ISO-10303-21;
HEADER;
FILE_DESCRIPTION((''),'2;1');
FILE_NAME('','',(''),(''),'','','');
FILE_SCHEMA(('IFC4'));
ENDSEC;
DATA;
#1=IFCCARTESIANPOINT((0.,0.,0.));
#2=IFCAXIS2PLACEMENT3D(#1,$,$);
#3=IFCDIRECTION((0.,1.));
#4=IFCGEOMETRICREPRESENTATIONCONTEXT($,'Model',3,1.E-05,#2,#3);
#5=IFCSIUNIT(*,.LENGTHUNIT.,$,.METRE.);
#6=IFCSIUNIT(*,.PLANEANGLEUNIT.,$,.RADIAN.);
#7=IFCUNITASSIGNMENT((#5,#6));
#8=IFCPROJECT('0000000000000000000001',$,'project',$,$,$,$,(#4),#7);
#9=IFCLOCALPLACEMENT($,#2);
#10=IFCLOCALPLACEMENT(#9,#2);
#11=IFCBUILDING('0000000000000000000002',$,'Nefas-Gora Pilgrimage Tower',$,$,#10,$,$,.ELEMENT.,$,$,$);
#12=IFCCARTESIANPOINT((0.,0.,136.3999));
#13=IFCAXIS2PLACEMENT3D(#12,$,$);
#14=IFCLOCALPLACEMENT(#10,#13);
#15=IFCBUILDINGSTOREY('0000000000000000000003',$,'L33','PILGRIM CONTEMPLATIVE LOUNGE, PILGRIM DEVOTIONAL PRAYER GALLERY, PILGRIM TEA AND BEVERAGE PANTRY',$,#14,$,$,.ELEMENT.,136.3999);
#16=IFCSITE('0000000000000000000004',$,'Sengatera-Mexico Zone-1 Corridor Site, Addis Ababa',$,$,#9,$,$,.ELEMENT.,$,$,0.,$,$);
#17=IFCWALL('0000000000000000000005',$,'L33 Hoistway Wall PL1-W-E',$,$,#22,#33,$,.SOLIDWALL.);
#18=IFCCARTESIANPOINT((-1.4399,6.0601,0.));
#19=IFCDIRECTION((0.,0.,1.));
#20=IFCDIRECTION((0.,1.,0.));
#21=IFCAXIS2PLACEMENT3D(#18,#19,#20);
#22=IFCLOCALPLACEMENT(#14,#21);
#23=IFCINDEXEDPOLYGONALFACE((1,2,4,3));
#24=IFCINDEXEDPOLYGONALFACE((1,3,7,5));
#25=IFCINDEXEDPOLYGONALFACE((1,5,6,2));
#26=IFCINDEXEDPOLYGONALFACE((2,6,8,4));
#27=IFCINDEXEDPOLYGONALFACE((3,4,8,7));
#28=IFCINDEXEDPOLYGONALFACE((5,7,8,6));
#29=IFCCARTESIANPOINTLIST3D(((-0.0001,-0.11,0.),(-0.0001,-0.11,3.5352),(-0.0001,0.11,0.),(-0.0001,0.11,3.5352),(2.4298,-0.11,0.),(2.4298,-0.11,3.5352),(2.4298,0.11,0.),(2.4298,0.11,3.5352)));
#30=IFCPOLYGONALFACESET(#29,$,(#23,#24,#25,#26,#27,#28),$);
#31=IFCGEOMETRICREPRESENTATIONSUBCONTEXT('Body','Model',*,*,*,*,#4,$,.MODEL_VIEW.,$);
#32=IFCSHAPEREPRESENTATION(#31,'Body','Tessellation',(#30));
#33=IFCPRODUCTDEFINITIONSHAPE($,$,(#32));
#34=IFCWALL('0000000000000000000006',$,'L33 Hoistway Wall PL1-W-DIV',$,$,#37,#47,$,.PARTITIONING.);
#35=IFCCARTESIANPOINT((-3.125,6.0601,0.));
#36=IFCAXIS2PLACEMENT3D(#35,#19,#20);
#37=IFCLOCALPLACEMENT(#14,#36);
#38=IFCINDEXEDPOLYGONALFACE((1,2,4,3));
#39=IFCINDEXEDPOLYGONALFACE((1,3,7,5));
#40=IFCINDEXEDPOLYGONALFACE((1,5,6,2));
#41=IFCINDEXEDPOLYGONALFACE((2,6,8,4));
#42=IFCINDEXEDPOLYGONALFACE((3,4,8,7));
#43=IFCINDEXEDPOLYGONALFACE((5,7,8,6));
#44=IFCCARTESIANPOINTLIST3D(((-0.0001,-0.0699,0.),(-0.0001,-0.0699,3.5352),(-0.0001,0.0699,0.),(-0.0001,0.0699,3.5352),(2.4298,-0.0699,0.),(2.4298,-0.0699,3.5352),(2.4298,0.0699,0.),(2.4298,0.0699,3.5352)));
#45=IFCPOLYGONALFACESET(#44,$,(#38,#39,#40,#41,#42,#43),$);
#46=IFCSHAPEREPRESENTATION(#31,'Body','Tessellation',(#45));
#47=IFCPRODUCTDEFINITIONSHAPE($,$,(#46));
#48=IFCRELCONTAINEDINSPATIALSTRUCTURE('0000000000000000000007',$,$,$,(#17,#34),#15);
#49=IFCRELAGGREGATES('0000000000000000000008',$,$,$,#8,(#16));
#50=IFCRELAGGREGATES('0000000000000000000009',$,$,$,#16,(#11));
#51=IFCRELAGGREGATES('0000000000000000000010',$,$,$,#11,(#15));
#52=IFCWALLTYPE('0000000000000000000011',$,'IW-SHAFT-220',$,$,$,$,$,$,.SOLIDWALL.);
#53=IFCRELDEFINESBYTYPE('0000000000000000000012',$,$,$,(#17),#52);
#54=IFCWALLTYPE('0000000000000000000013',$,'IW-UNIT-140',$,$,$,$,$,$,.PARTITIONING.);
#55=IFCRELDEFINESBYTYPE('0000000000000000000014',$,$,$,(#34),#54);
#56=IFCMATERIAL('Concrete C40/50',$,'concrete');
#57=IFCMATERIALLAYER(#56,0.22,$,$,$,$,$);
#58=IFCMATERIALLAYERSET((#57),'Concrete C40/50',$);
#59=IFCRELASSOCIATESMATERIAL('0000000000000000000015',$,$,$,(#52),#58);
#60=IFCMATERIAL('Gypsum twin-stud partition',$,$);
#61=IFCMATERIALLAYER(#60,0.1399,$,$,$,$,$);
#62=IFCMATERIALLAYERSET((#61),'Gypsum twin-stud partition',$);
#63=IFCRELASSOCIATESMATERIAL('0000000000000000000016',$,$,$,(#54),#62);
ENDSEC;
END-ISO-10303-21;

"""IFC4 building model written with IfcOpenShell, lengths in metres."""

from ifc_helpers import new_model, si_unit, direction, frame, frame_2d, origin, place, context, subcontext, project, spatial, rectangle, extrude, source, transform, mapped, material, layer, layer_set, type_object, element, save


model = new_model("IFC4")

# Units and contexts
model_context = context("Model", 3, precision=1e-05, world=origin(), true_north=direction((0.0, 1.0)))
body_context = subcontext(model_context, "Body", "Model", "MODEL_VIEW")
ifc_project = project(units=[si_unit("LENGTHUNIT", "METRE"), si_unit("PLANEANGLEUNIT", "RADIAN")], contexts=[model_context])

# Site, building, storey
site_placement = place(None, origin())
site = spatial("IfcSite", under=ifc_project, at=site_placement, Name="Sengatera-Mexico Zone-1 Corridor Site, Addis Ababa", CompositionType="ELEMENT", RefElevation=0.0)
building_placement = place(site_placement, origin())
building = spatial("IfcBuilding", under=site, at=building_placement, Name="Nefas-Gora Pilgrimage Tower", CompositionType="ELEMENT")
storey_placement = place(building_placement, frame((0.0, 0.0, 136.3999)))
storey = spatial("IfcBuildingStorey", under=building, at=storey_placement, Name="L33", Description="PILGRIM CONTEMPLATIVE LOUNGE, PILGRIM DEVOTIONAL PRAYER GALLERY, PILGRIM TEA AND BEVERAGE PANTRY", CompositionType="ELEMENT", Elevation=136.3999)

# Shared definitions
ifc_material_1 = material(Name="Concrete C40/50", Category="concrete")

# Shared definitions
ifc_layer_1 = layer(ifc_material_1, 0.22)
ifc_layer_set_1 = layer_set([ifc_layer_1], Name="Concrete C40/50")
wall_type_1 = type_object("IfcWallType", Name="IW-SHAFT-220", PredefinedType="SOLIDWALL", material=ifc_layer_set_1)

# Walls
shared_shape_1 = source(origin(), body_context, "Body", "SweptSolid", [
    extrude(rectangle(XDim=2.4299, YDim=0.22, at=frame_2d((1.2148, 0.0))), origin(), (0.0, 0.0, 1.0), 3.5352),
])
for number, where, z_axis, x_axis, name in (
    (1, (-1.4399, 6.0601, 0.0), (0.0, 0.0, 1.0), (0.0, 1.0, 0.0), "L33 Hoistway Wall PL1-W-E"),
):
    element("IfcWall", number, at=place(storey_placement, frame(where, z_axis=z_axis, x_axis=x_axis)), inside=storey, type_object=wall_type_1, Name=name, PredefinedType="SOLIDWALL", context=body_context, shape_type="MappedRepresentation", body=[
        mapped(shared_shape_1, transform((0.0, 0.0, 0.0), x_axis=(1.0, 0.0, 0.0), y_axis=(0.0, 1.0, 0.0), z_axis=(0.0, 0.0, 1.0), scale=1.0)),
    ])
ifc_material_2 = material(Name="Gypsum twin-stud partition")
ifc_layer_2 = layer(ifc_material_2, 0.1399)
ifc_layer_set_2 = layer_set([ifc_layer_2], Name="Gypsum twin-stud partition")
wall_type_2 = type_object("IfcWallType", Name="IW-UNIT-140", PredefinedType="PARTITIONING", material=ifc_layer_set_2)
shared_shape_2 = source(origin(), body_context, "Body", "SweptSolid", [
    extrude(rectangle(XDim=2.4299, YDim=0.1399, at=frame_2d((1.2148, 0.0))), origin(), (0.0, 0.0, 1.0), 3.5352),
])
wall_1_placement = place(storey_placement, frame((-3.125, 6.0601, 0.0), z_axis=(0.0, 0.0, 1.0), x_axis=(0.0, 1.0, 0.0)))
element("IfcWall", 2, at=wall_1_placement, inside=storey, type_object=wall_type_2, Name="L33 Hoistway Wall PL1-W-DIV", PredefinedType="PARTITIONING", context=body_context, shape_type="MappedRepresentation", body=[
    mapped(shared_shape_2, transform((0.0, 0.0, 0.0), x_axis=(1.0, 0.0, 0.0), y_axis=(0.0, 1.0, 0.0), z_axis=(0.0, 0.0, 1.0), scale=1.0)),
])

save(model, "model.ifc")
